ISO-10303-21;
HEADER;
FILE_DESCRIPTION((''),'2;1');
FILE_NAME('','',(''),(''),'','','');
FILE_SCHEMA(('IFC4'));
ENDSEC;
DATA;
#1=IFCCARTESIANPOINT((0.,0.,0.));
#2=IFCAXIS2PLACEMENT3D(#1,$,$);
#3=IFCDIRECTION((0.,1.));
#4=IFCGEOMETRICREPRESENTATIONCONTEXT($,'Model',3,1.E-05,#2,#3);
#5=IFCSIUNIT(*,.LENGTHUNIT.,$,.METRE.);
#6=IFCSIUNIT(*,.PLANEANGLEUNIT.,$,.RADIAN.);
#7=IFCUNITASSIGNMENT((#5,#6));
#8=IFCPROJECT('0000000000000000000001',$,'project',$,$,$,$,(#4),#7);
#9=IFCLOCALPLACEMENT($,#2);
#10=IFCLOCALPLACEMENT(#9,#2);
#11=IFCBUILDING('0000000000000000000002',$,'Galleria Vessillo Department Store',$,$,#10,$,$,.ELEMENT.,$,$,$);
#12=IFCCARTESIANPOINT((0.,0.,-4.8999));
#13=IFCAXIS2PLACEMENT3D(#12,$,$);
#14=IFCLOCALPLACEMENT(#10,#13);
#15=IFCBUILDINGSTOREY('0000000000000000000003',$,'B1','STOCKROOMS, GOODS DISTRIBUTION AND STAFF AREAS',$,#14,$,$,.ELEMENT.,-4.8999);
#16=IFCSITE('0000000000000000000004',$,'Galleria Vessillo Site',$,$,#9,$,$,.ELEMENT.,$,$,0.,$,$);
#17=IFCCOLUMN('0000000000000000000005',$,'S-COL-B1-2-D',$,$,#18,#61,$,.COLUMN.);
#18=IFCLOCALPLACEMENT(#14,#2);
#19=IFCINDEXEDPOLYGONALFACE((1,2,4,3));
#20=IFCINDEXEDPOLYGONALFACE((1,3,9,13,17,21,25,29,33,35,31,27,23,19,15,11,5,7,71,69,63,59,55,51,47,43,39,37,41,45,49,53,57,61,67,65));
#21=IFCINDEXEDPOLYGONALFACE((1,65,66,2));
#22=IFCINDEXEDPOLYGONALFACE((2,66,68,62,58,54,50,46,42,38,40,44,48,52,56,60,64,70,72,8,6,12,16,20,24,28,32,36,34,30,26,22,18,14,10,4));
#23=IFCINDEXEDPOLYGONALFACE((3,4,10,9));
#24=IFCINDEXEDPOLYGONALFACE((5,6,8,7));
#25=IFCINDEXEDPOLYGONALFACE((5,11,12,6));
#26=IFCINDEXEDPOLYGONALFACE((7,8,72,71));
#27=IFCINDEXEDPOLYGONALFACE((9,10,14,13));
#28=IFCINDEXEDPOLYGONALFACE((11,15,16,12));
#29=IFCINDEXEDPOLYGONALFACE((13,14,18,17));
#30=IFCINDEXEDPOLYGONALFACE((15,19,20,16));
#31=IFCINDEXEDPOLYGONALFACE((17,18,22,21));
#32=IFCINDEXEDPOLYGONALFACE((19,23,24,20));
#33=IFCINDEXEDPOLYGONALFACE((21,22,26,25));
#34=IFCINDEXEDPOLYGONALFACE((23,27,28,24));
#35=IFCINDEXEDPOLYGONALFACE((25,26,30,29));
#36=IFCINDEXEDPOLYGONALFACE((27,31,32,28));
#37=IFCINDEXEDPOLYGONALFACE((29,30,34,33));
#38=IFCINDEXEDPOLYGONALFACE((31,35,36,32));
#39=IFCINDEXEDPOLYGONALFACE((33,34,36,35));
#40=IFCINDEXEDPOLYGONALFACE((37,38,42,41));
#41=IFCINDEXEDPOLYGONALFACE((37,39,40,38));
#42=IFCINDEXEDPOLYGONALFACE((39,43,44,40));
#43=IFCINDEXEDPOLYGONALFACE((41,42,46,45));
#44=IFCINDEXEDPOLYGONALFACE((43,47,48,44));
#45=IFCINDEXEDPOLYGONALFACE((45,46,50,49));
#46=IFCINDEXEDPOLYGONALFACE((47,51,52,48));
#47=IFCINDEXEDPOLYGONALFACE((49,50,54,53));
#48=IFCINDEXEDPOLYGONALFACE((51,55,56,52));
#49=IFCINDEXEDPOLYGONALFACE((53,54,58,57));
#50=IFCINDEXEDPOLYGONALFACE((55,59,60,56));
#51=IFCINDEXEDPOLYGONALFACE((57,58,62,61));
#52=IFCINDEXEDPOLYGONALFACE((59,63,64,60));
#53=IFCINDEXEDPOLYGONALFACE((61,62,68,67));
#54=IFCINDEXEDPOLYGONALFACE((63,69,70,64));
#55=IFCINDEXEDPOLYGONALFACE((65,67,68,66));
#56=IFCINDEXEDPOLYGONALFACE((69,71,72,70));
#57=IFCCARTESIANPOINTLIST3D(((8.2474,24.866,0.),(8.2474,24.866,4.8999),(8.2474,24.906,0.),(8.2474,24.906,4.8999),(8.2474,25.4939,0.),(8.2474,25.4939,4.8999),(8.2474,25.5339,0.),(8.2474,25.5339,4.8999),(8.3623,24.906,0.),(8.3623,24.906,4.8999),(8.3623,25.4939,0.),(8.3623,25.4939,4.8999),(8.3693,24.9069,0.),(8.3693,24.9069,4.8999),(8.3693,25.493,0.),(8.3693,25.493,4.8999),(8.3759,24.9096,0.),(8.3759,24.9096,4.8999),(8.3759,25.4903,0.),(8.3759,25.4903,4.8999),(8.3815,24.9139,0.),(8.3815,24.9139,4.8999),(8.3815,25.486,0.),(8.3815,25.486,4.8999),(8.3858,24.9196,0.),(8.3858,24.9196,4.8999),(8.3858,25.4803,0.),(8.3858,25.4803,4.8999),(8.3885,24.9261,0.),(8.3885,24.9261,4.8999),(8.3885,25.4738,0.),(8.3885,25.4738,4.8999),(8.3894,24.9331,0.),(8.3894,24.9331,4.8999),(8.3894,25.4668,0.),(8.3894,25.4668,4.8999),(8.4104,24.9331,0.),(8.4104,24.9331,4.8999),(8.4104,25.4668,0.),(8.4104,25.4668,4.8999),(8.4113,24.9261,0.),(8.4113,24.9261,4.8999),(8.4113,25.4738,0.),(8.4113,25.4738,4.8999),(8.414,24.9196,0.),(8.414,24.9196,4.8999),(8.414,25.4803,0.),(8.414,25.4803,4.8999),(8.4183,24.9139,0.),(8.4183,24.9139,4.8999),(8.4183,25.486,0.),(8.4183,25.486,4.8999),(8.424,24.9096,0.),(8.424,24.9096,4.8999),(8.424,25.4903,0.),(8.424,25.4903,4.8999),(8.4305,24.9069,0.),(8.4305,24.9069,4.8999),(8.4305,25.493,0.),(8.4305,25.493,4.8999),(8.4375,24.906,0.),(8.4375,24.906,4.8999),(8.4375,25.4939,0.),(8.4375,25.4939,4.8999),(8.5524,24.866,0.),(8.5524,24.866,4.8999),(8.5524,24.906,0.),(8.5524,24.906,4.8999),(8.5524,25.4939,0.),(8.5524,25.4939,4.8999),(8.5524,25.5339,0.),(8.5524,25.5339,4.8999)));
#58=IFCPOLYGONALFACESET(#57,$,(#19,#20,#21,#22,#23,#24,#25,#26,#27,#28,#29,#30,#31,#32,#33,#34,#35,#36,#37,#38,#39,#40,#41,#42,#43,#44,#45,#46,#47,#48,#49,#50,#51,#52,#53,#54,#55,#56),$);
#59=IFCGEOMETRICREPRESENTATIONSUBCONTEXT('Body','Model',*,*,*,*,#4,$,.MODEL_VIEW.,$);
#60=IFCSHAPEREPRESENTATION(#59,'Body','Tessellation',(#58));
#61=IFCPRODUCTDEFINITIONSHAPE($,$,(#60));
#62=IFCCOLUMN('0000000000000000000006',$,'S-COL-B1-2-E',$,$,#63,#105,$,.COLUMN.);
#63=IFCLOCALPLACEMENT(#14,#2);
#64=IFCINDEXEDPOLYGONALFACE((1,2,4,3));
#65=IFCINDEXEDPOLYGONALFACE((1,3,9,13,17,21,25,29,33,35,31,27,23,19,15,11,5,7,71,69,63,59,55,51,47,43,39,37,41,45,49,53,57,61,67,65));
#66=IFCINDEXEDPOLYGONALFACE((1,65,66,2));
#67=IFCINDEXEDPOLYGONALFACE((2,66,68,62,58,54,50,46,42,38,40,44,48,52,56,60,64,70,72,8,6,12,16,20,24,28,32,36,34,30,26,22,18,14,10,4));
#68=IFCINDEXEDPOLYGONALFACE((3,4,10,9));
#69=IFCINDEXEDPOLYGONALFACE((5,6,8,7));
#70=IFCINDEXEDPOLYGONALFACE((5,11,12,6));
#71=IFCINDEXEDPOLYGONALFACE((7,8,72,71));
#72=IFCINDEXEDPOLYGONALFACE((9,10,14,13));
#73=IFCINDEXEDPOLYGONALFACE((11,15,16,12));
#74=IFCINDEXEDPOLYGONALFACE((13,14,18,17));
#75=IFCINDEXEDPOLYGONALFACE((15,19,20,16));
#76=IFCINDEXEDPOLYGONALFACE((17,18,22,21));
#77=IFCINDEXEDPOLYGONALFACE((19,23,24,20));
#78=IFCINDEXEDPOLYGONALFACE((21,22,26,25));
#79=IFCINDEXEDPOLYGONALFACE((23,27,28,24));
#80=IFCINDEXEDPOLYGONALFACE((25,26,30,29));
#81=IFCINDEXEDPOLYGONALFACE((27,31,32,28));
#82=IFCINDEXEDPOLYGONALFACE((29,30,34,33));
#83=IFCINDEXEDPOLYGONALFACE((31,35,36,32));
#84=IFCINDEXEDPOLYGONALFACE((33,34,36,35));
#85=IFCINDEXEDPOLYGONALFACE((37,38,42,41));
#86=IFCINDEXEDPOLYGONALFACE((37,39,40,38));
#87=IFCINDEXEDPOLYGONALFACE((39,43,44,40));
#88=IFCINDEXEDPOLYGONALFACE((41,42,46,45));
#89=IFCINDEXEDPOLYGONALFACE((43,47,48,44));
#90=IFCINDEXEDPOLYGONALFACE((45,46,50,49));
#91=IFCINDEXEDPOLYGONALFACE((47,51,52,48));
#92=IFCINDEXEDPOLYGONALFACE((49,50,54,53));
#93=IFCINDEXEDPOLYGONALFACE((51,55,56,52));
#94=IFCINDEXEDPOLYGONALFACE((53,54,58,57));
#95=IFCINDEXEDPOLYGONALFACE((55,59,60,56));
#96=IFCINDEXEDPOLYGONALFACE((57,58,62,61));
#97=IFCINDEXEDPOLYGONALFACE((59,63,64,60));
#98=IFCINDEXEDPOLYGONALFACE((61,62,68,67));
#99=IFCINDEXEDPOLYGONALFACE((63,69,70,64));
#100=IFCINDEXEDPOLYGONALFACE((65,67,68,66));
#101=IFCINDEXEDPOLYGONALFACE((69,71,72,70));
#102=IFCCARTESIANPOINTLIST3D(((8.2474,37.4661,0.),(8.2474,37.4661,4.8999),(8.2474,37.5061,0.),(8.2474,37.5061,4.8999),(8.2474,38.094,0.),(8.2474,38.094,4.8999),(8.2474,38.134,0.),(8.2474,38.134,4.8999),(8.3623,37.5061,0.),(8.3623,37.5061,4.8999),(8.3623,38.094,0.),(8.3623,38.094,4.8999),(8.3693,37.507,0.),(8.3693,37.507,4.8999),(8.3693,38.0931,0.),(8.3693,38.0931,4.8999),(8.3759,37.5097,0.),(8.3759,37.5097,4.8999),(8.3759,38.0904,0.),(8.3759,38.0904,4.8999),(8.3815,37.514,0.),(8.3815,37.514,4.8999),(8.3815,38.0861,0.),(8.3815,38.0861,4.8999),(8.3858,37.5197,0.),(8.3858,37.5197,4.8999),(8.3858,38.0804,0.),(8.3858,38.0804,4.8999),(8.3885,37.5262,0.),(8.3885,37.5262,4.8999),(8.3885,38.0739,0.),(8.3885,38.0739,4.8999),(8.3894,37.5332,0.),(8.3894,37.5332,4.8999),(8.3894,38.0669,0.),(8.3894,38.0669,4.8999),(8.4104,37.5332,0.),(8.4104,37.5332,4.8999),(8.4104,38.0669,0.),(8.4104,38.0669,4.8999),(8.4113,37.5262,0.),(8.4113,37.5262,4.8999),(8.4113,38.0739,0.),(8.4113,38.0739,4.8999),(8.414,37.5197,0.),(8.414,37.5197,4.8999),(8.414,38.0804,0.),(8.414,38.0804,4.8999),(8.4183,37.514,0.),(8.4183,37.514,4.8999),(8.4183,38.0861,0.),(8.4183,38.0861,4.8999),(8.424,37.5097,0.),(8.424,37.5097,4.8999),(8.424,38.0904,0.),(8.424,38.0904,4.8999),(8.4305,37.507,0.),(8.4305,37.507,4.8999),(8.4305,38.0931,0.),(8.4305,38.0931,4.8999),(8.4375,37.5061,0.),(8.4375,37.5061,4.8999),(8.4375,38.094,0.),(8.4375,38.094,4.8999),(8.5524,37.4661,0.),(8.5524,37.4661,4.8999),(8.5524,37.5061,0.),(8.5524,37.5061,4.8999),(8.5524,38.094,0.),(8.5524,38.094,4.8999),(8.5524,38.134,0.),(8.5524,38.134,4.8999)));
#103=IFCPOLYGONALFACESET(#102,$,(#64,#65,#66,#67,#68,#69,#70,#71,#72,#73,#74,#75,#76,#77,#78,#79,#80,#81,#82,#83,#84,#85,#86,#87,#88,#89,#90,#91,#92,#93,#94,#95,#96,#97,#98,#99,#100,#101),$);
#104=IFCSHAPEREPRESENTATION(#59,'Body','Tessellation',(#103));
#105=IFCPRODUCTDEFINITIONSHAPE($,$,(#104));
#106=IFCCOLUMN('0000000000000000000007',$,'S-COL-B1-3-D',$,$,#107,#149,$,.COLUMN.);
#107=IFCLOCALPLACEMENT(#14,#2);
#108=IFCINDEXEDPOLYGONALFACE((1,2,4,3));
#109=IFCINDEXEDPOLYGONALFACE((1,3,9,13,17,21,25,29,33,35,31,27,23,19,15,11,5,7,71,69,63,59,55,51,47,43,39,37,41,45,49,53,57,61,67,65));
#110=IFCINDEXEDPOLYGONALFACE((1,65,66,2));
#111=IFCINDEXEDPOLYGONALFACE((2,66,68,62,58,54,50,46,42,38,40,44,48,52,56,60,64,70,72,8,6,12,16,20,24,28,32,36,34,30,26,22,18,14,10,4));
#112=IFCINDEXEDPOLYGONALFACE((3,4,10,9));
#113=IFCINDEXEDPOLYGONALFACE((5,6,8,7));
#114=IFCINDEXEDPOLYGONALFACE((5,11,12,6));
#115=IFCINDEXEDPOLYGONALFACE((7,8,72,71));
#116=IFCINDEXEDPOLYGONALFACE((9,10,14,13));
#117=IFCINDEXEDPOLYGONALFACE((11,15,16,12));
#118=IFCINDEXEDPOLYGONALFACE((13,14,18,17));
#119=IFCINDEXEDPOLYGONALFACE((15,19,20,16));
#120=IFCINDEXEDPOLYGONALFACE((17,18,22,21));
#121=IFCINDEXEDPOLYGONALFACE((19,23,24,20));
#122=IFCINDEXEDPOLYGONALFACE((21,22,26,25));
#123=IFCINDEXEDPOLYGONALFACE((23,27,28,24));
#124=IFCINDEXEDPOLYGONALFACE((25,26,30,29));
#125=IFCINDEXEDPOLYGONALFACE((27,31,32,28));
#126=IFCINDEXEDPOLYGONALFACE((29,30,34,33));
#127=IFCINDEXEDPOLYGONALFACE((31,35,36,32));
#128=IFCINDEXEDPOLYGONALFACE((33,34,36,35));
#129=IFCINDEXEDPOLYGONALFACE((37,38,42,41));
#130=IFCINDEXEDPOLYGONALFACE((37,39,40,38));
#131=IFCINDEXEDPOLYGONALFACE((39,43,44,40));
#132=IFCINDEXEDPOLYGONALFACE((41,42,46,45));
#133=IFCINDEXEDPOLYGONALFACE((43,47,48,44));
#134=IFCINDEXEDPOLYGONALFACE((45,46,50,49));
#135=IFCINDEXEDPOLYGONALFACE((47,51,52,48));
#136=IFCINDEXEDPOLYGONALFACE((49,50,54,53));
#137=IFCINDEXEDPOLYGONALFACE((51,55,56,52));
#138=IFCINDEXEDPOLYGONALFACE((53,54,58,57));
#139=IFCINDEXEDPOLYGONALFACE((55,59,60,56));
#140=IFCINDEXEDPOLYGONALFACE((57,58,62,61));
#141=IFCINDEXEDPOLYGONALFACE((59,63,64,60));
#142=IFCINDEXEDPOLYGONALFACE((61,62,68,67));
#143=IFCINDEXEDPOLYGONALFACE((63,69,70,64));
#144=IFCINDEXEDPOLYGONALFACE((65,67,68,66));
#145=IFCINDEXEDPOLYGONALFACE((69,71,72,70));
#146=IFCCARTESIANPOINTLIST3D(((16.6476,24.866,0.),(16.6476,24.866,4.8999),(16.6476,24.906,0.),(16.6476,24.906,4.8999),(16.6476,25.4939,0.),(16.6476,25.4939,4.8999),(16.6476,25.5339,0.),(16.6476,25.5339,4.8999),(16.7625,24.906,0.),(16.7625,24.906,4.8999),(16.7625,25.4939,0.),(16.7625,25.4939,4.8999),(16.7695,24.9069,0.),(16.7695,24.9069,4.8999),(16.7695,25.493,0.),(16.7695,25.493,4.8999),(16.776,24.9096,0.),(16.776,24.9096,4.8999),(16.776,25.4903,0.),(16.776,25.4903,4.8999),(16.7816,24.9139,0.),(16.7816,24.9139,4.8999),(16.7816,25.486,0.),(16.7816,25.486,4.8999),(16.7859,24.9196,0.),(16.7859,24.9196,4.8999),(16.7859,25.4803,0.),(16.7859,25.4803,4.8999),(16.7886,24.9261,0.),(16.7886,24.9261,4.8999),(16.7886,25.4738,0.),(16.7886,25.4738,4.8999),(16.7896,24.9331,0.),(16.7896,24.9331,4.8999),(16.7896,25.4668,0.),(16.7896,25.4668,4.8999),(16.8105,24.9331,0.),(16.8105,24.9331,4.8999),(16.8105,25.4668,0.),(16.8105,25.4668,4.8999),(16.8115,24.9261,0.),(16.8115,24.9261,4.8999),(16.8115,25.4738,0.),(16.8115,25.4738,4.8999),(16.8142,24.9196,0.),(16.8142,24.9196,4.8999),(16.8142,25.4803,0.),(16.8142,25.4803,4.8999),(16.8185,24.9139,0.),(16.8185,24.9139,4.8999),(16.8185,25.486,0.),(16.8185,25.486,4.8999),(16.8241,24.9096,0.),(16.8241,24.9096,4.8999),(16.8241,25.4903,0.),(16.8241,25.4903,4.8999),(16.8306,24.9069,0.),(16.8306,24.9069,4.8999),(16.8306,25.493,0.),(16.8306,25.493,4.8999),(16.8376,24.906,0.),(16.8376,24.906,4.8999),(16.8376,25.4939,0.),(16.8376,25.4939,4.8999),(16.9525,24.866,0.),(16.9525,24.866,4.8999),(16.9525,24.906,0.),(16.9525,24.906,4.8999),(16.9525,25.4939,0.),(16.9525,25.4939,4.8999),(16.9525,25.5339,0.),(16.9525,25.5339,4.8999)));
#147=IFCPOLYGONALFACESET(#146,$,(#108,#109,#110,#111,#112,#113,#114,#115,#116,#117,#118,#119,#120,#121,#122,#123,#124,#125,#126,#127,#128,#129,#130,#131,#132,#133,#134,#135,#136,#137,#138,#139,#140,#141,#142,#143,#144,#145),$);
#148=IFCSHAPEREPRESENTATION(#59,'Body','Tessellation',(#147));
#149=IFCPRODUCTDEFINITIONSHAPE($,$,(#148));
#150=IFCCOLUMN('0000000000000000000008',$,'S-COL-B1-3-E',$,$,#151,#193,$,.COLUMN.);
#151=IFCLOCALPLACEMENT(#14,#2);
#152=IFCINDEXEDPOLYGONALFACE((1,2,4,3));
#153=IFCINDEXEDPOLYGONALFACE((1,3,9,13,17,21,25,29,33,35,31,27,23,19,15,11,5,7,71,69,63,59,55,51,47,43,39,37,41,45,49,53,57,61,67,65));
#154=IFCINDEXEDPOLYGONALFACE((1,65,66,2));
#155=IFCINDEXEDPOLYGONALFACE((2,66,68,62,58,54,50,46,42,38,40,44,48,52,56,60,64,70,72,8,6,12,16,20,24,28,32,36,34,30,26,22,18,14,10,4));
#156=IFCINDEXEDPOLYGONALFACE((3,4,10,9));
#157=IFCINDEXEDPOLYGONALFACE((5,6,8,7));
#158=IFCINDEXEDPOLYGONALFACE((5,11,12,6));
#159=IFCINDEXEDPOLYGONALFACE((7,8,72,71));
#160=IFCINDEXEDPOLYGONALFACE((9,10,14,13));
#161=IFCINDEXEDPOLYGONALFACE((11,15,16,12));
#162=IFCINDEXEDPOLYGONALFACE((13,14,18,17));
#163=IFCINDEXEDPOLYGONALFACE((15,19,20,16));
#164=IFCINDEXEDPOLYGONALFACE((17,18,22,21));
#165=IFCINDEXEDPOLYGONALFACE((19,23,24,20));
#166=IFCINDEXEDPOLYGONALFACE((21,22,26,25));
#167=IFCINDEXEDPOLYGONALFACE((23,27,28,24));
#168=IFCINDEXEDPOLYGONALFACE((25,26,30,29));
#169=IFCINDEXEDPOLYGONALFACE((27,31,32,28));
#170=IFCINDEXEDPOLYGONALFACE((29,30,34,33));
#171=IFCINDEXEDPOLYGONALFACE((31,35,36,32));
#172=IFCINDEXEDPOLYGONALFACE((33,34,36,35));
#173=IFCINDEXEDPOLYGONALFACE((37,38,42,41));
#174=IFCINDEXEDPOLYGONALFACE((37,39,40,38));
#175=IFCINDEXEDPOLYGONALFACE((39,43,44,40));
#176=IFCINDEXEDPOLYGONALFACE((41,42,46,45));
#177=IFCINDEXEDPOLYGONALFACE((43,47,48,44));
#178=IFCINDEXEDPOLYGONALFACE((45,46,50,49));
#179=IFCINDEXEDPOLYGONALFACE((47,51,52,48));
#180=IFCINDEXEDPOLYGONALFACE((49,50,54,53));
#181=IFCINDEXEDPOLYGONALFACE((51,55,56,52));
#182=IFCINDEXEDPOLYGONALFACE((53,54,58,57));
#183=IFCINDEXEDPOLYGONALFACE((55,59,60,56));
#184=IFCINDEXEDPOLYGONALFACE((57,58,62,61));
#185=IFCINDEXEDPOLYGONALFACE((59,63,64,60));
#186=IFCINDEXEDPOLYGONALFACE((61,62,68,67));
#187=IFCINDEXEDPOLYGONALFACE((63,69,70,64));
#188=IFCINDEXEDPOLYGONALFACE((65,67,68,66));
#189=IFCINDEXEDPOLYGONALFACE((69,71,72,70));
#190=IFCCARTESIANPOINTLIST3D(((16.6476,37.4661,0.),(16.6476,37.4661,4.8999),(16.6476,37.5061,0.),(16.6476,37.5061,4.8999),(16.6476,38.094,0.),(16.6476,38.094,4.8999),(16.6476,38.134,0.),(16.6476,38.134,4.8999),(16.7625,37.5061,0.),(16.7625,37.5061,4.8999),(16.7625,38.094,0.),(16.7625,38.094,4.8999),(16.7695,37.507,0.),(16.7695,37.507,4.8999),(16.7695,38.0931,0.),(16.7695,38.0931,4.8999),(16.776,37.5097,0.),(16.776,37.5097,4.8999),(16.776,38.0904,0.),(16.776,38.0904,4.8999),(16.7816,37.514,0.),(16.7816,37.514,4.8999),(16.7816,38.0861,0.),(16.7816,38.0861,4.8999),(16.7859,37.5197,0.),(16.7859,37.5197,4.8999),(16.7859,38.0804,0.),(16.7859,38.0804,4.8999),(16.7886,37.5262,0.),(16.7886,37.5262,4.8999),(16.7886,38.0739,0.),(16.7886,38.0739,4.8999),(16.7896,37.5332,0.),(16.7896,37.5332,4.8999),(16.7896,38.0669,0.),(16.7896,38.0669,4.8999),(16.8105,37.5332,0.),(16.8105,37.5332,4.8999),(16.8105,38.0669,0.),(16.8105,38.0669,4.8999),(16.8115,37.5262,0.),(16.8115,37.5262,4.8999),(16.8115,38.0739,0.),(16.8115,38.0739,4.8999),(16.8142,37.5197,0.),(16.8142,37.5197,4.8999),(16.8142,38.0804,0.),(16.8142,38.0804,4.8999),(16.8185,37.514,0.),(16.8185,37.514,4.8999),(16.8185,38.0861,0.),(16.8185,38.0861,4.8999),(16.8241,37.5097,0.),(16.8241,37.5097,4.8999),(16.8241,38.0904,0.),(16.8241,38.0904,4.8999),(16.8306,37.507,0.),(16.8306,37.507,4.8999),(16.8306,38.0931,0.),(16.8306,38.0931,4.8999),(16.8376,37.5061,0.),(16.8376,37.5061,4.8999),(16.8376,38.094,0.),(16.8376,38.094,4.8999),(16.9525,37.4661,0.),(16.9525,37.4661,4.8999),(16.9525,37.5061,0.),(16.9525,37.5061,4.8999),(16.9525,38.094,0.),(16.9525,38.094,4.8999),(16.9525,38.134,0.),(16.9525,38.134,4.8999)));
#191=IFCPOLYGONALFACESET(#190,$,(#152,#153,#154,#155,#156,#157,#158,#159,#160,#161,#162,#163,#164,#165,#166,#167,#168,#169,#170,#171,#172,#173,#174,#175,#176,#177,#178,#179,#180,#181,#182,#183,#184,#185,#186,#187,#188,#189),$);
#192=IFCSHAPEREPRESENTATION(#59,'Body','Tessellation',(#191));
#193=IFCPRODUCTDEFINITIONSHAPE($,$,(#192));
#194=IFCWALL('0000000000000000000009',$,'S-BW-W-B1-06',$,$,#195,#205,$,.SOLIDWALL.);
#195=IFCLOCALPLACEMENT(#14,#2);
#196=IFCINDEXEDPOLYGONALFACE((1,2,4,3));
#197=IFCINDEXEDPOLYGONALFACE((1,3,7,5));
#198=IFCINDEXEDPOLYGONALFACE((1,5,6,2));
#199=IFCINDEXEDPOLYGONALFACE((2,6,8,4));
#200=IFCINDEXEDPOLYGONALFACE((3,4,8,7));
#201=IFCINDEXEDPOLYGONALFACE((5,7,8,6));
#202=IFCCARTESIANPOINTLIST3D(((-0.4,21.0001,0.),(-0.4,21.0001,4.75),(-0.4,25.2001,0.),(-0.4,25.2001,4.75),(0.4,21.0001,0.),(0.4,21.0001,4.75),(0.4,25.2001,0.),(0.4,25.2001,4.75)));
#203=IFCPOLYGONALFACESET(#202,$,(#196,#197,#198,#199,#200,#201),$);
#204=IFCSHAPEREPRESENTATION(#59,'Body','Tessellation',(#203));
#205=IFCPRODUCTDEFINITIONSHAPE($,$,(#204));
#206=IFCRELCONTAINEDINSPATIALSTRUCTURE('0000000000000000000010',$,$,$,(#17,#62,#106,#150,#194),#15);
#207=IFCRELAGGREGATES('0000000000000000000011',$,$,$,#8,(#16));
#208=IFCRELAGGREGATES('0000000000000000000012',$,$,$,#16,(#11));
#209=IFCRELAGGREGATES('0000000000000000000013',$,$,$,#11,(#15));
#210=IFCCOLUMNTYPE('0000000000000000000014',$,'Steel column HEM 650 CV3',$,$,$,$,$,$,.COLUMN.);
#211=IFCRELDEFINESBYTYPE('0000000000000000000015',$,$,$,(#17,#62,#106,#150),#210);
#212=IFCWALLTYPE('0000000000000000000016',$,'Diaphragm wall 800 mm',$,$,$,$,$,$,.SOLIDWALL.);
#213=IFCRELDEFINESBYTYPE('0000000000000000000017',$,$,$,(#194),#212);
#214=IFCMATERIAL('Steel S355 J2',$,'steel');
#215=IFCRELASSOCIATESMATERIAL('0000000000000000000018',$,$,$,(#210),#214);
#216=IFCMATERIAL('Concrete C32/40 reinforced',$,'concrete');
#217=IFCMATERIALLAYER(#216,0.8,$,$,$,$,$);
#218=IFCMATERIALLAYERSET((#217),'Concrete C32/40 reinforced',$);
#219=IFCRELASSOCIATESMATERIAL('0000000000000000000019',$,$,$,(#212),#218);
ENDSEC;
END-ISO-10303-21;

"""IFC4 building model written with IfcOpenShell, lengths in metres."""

from ifc_helpers import new_model, si_unit, direction, frame, frame_2d, origin, origin_2d, place, context, subcontext, project, spatial, rectangle, i_section, extrude, material, layer, layer_set, material_profile, profile_set, type_object, element, save


model = new_model("IFC4")

# Units and contexts
model_context = context("Model", 3, precision=1e-05, world=origin(), true_north=direction((0.0, 1.0)))
body_context = subcontext(model_context, "Body", "Model", "MODEL_VIEW")
ifc_project = project(units=[si_unit("LENGTHUNIT", "METRE"), si_unit("PLANEANGLEUNIT", "RADIAN")], contexts=[model_context])

# Site, building, storey
site_placement = place(None, origin())
site = spatial("IfcSite", under=ifc_project, at=site_placement, Name="Galleria Vessillo Site", CompositionType="ELEMENT", RefElevation=0.0)
building_placement = place(site_placement, origin())
building = spatial("IfcBuilding", under=site, at=building_placement, Name="Galleria Vessillo Department Store", CompositionType="ELEMENT")
storey_placement = place(building_placement, frame((0.0, 0.0, -4.8999)))
storey = spatial("IfcBuildingStorey", under=building, at=storey_placement, Name="B1", Description="STOCKROOMS, GOODS DISTRIBUTION AND STAFF AREAS", CompositionType="ELEMENT", Elevation=-4.8999)

# Columns
ifc_material_1 = material(Name="Steel S355 J2", Category="steel")
ifc_material_profile_1 = material_profile(ifc_material_1, i_section(OverallWidth=0.3049, OverallDepth=0.668, WebThickness=0.021, FlangeThickness=0.04, FilletRadius=0.0271, at=origin_2d()), Name="HEM 650")
ifc_profile_set_1 = profile_set([ifc_material_profile_1], Name="Steel S355 J2")
column_type_1 = type_object("IfcColumnType", Name="Steel column HEM 650 CV3", PredefinedType="COLUMN", material=ifc_profile_set_1)
for number, where, z_axis, x_axis, name in (
    (1, (8.3999, 25.2, 0.0), (0.0, 0.0, 1.0), (1.0, 0.0, 0.0), "S-COL-B1-2-D"),
    (2, (8.3999, 37.8, 0.0), (0.0, 0.0, 1.0), (1.0, 0.0, 0.0), "S-COL-B1-2-E"),
    (3, (16.8, 25.2, 0.0), (0.0, 0.0, 1.0), (1.0, 0.0, 0.0), "S-COL-B1-3-D"),
    (4, (16.8, 37.8, 0.0), (0.0, 0.0, 1.0), (1.0, 0.0, 0.0), "S-COL-B1-3-E"),
):
    element("IfcColumn", number, at=place(storey_placement, frame(where, z_axis=z_axis, x_axis=x_axis)), inside=storey, type_object=column_type_1, Name=name, PredefinedType="COLUMN", context=body_context, shape_type="SweptSolid", body=[
        extrude(i_section(OverallWidth=0.3049, OverallDepth=0.668, WebThickness=0.021, FlangeThickness=0.04, FilletRadius=0.0271, at=origin_2d()), origin(), (0.0, 0.0, 1.0), 4.8999),
    ])

# Wall
ifc_material_2 = material(Name="Concrete C32/40 reinforced", Category="concrete")
ifc_layer_1 = layer(ifc_material_2, 0.8)
ifc_layer_set_1 = layer_set([ifc_layer_1], Name="Concrete C32/40 reinforced")
wall_type_1 = type_object("IfcWallType", Name="Diaphragm wall 800 mm", PredefinedType="SOLIDWALL", material=ifc_layer_set_1)
wall_1_placement = place(storey_placement, frame((0.0, 21.0, 0.0), z_axis=(0.0, 0.0, 1.0), x_axis=(0.0, 1.0, 0.0)))
element("IfcWall", 5, at=wall_1_placement, inside=storey, type_object=wall_type_1, Name="S-BW-W-B1-06", PredefinedType="SOLIDWALL", context=body_context, shape_type="SweptSolid", body=[
    extrude(rectangle(XDim=4.2, YDim=0.8, at=frame_2d((2.1001, 0.0))), origin(), (0.0, 0.0, 1.0), 4.75),
])

save(model, "model.ifc")
